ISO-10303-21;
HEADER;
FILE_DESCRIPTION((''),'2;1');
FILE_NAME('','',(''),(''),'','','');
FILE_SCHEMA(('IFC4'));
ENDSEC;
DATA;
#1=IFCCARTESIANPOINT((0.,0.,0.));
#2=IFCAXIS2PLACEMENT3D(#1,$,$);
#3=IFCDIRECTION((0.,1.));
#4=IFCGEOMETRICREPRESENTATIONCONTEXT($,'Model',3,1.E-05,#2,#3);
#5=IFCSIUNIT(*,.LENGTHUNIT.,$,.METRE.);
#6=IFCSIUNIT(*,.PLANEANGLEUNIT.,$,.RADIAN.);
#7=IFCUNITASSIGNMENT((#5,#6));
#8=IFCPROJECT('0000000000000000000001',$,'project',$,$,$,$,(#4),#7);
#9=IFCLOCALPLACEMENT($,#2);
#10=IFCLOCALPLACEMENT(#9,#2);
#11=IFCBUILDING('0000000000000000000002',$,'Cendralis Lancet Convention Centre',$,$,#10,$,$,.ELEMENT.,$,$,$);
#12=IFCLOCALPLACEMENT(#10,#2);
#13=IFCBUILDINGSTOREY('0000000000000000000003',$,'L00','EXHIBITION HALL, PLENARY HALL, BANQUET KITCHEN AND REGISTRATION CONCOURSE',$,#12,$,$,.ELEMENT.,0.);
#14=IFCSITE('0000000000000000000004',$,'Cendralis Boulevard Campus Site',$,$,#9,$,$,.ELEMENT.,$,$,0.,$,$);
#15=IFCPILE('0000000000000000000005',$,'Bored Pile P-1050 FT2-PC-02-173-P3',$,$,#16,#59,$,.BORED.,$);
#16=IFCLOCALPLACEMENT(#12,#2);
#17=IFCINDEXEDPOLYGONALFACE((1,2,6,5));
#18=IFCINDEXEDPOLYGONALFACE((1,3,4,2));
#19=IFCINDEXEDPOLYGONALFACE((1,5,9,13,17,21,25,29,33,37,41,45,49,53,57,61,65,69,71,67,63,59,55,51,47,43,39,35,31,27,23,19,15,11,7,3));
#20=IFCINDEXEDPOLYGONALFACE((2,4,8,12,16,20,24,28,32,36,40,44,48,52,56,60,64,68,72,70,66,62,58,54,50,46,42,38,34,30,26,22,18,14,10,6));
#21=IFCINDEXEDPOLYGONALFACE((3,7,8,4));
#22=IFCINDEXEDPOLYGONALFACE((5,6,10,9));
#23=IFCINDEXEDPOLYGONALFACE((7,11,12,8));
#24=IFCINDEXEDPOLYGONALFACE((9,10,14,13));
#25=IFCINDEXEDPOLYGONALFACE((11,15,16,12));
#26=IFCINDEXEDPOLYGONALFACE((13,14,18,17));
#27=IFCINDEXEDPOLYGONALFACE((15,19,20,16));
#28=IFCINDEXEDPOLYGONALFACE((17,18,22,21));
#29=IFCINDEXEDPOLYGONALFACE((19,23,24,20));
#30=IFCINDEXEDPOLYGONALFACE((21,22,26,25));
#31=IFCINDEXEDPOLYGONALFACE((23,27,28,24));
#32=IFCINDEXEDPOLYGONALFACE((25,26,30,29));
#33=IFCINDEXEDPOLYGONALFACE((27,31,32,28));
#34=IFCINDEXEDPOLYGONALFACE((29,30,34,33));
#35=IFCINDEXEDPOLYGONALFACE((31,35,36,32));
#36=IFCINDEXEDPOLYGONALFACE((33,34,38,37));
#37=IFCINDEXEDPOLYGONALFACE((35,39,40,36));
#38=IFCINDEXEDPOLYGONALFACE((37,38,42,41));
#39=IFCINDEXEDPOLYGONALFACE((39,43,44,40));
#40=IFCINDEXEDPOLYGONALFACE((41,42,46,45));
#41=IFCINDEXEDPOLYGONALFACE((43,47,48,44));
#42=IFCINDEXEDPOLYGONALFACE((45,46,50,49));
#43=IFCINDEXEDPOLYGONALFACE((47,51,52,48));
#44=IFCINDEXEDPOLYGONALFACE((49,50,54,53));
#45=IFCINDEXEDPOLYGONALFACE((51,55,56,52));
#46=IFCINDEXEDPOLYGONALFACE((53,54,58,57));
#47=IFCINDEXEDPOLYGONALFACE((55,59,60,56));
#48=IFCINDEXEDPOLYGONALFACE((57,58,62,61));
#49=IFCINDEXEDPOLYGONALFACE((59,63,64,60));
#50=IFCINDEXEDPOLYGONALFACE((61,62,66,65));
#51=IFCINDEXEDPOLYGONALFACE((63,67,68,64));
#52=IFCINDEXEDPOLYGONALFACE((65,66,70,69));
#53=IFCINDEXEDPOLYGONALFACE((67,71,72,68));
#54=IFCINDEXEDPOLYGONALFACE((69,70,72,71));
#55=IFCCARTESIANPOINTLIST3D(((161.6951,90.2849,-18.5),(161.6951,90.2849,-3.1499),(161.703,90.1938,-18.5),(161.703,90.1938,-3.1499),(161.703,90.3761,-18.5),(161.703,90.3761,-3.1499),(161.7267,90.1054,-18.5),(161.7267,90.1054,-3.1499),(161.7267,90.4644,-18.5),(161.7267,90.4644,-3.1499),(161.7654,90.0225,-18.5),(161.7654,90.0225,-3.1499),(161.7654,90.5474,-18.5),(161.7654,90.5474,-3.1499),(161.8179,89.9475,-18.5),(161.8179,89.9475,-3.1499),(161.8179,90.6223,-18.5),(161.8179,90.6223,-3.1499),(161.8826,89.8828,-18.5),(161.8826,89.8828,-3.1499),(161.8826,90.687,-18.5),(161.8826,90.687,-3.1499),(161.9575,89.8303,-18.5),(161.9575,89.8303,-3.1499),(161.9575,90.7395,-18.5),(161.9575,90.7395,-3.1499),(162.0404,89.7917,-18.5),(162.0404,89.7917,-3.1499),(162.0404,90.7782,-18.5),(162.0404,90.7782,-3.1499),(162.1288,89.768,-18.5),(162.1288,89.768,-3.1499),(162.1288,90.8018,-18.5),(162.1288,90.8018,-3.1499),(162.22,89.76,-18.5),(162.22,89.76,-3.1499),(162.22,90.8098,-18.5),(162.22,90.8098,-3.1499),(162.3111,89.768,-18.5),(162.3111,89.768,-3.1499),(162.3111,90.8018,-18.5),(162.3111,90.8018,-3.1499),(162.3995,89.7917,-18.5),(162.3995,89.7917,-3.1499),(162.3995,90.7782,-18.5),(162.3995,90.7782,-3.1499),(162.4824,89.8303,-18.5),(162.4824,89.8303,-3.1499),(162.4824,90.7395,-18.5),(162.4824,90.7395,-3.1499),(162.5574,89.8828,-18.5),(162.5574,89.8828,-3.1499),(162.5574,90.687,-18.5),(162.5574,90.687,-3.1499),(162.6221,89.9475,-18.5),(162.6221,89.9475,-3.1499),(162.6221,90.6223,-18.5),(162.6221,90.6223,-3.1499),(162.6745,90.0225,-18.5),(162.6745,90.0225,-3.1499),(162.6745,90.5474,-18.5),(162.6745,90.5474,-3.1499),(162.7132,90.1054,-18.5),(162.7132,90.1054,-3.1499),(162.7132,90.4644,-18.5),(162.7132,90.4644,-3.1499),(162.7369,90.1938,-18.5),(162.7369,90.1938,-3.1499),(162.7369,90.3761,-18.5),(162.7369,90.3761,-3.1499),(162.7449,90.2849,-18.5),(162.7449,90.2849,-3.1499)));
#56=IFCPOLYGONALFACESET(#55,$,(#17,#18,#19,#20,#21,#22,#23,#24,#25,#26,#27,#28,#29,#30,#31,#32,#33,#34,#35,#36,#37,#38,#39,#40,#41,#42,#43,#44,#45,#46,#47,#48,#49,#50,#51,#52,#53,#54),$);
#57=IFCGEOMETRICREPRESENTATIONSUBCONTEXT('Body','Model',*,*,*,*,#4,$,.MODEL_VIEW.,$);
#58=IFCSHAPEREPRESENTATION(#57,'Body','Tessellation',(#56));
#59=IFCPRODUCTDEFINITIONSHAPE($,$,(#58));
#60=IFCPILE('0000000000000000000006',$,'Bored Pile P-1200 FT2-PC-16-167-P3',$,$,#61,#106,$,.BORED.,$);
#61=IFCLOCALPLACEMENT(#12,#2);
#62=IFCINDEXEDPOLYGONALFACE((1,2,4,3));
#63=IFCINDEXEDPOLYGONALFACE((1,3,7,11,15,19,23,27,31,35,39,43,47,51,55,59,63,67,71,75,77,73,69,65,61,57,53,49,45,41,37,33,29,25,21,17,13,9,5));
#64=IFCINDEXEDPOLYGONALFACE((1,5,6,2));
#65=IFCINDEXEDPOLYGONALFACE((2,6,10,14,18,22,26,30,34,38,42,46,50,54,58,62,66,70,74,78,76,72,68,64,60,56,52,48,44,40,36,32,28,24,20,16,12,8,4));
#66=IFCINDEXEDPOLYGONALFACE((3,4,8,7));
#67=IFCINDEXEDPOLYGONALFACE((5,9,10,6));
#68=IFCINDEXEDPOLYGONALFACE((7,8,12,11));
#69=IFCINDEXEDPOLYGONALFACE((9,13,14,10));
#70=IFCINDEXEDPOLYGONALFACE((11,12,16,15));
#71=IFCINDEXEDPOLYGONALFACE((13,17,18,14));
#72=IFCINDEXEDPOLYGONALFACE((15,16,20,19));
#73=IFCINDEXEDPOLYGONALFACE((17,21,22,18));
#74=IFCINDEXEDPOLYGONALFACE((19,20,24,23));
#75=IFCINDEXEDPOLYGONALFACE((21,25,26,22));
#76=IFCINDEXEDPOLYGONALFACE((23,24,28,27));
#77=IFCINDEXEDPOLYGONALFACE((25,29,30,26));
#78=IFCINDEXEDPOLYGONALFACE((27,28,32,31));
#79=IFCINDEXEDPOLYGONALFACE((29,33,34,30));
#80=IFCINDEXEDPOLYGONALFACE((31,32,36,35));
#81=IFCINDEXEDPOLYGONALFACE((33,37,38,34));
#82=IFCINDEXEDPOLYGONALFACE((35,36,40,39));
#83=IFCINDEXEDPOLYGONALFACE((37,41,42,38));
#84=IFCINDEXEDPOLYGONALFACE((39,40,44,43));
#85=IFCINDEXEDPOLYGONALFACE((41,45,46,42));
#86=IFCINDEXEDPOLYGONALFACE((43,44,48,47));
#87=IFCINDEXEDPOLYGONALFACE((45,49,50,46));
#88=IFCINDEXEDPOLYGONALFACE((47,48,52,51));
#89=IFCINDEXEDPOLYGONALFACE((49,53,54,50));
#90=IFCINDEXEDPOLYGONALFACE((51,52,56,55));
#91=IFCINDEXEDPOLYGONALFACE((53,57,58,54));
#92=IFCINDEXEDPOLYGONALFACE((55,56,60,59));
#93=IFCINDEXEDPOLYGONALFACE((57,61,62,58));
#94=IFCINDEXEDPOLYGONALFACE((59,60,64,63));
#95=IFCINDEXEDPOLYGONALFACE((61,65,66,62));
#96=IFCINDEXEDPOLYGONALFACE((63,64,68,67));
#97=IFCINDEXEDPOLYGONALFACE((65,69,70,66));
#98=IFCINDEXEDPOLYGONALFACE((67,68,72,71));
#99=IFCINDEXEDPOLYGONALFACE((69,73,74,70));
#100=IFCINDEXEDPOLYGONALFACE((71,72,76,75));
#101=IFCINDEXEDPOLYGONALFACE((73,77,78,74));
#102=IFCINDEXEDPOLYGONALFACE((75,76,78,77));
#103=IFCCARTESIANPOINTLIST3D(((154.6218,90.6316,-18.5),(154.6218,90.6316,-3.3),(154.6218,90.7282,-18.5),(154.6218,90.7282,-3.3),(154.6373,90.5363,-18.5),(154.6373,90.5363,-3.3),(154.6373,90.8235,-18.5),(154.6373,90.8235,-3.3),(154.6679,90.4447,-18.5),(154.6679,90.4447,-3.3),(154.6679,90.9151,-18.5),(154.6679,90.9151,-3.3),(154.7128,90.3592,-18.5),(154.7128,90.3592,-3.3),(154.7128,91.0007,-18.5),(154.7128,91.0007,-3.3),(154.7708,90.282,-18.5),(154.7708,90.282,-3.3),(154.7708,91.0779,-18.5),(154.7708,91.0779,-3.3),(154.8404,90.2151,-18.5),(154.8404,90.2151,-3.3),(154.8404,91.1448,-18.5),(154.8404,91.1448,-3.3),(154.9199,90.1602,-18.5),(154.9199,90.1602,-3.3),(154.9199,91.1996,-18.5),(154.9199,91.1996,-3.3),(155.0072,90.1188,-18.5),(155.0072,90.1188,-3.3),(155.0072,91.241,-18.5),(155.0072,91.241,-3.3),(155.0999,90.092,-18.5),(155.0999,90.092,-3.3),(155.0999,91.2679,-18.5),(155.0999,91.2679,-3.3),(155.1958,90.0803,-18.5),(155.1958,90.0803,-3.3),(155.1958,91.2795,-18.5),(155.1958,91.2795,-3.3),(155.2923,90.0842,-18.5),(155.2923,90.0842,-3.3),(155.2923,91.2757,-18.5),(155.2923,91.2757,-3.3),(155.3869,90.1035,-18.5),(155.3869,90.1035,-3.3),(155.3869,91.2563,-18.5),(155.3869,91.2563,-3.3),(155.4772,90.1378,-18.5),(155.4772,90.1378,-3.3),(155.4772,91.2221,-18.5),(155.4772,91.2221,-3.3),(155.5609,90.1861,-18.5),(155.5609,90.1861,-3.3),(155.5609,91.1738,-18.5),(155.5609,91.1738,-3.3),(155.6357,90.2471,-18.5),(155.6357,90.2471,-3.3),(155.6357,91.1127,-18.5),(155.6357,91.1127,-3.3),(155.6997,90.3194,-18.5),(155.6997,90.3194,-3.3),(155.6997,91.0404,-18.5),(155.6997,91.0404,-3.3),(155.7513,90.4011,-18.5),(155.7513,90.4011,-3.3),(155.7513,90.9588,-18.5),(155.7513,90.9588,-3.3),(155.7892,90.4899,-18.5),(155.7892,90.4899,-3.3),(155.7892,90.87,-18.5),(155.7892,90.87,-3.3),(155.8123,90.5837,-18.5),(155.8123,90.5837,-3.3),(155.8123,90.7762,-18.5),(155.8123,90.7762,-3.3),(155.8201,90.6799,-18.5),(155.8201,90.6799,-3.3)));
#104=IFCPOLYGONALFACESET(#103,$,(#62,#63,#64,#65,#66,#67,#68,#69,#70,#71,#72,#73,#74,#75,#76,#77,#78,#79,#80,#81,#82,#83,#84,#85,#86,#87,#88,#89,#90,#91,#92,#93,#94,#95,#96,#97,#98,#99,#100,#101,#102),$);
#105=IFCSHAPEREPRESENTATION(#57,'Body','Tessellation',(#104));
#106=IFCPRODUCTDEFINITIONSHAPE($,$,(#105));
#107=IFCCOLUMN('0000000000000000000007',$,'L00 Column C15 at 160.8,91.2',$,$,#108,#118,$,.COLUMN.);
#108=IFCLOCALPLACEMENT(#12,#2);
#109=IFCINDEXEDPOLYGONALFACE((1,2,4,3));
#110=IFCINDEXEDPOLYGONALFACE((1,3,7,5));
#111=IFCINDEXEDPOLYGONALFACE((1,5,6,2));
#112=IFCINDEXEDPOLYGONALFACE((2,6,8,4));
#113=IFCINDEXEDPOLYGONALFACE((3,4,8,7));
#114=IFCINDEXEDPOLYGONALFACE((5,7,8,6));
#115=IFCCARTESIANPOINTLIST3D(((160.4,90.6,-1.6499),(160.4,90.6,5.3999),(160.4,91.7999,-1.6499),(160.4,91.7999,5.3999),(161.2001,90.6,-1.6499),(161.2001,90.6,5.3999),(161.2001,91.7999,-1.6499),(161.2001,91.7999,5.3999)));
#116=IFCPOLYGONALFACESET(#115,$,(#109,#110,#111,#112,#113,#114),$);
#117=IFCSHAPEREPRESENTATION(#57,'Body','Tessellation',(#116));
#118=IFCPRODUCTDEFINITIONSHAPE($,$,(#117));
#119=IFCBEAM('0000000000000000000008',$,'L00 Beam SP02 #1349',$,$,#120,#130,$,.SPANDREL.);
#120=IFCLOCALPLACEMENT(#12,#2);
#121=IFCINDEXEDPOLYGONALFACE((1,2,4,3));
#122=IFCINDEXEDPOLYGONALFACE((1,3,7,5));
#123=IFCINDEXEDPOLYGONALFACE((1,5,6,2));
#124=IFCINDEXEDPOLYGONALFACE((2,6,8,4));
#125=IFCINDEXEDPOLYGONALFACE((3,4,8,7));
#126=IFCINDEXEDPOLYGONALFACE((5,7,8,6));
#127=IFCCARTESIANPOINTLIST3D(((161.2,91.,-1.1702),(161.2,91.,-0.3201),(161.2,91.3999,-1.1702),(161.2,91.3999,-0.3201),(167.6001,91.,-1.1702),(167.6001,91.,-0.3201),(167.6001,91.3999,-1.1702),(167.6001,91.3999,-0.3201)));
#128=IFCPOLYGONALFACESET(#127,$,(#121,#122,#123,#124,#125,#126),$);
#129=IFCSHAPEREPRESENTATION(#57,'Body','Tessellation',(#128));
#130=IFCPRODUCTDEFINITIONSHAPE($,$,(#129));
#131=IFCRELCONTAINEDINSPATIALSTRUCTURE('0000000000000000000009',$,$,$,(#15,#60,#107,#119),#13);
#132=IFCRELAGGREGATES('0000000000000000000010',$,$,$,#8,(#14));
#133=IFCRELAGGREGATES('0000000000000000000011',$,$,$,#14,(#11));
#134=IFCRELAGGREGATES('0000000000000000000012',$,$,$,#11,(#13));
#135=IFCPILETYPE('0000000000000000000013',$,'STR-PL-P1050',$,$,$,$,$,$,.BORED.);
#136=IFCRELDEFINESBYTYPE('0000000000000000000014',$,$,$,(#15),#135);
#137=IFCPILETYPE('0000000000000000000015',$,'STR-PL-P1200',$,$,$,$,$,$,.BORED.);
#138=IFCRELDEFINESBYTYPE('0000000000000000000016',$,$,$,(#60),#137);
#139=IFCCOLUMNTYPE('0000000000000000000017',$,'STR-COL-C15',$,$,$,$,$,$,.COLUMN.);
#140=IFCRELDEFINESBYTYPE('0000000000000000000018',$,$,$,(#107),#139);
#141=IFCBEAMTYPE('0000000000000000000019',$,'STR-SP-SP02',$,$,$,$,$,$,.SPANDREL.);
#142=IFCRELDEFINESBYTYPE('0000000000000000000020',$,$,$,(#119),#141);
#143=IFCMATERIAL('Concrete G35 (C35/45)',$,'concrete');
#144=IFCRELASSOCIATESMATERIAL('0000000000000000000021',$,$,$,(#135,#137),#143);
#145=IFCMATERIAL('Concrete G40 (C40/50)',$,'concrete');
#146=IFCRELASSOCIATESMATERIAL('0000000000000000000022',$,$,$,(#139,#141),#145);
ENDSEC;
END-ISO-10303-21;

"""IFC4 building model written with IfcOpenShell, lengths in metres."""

from ifc_helpers import new_model, si_unit, direction, frame, origin, origin_2d, place, context, subcontext, project, spatial, rectangle, circle, extrude, material, material_profile, profile_set, type_object, element, save


model = new_model("IFC4")

# Units and contexts
model_context = context("Model", 3, precision=1e-05, world=origin(), true_north=direction((0.0, 1.0)))
body_context = subcontext(model_context, "Body", "Model", "MODEL_VIEW")
ifc_project = project(units=[si_unit("LENGTHUNIT", "METRE"), si_unit("PLANEANGLEUNIT", "RADIAN")], contexts=[model_context])

# Site, building, storey
site_placement = place(None, origin())
site = spatial("IfcSite", under=ifc_project, at=site_placement, Name="Cendralis Boulevard Campus Site", CompositionType="ELEMENT", RefElevation=0.0)
building_placement = place(site_placement, origin())
building = spatial("IfcBuilding", under=site, at=building_placement, Name="Cendralis Lancet Convention Centre", CompositionType="ELEMENT")
storey_placement = place(building_placement, origin())
storey = spatial("IfcBuildingStorey", under=building, at=storey_placement, Name="L00", Description="EXHIBITION HALL, PLENARY HALL, BANQUET KITCHEN AND REGISTRATION CONCOURSE", CompositionType="ELEMENT", Elevation=0.0)

# Shared definitions
ifc_material_1 = material(Name="Concrete G35 (C35/45)", Category="concrete")

# Piles
ifc_material_profile_1 = material_profile(ifc_material_1, circle(Radius=0.5249, at=origin_2d()), Name="BORED PILE D1050")
ifc_profile_set_1 = profile_set([ifc_material_profile_1], Name="Concrete G35 (C35/45)")
pile_type_1 = type_object("IfcPileType", Name="STR-PL-P1050", PredefinedType="BORED", material=ifc_profile_set_1)
for number, where, z_axis, x_axis, name in (
    (1, (162.22, 90.2849, -3.1499), (0.0, 0.0, -1.0), (1.0, 0.0, 0.0), "Bored Pile P-1050 FT2-PC-02-173-P3"),
):
    element("IfcPile", number, at=place(storey_placement, frame(where, z_axis=z_axis, x_axis=x_axis)), inside=storey, type_object=pile_type_1, Name=name, PredefinedType="BORED", context=body_context, shape_type="SweptSolid", body=[
        extrude(circle(Radius=0.5249, at=origin_2d()), origin(), (0.0, 0.0, 1.0), 15.3501),
    ])
ifc_material_profile_2 = material_profile(ifc_material_1, circle(Radius=0.6001, at=origin_2d()), Name="BORED PILE D1200")
ifc_profile_set_2 = profile_set([ifc_material_profile_2], Name="Concrete G35 (C35/45)")
pile_type_2 = type_object("IfcPileType", Name="STR-PL-P1200", PredefinedType="BORED", material=ifc_profile_set_2)
pile_placement = place(storey_placement, frame((155.22, 90.6799, -3.3), z_axis=(0.0, 0.0, -1.0), x_axis=(1.0, 0.0, 0.0)))
element("IfcPile", 2, at=pile_placement, inside=storey, type_object=pile_type_2, Name="Bored Pile P-1200 FT2-PC-16-167-P3", PredefinedType="BORED", context=body_context, shape_type="SweptSolid", body=[
    extrude(circle(Radius=0.6001, at=origin_2d()), origin(), (0.0, 0.0, 1.0), 15.2),
])

# Column
ifc_material_2 = material(Name="Concrete G40 (C40/50)", Category="concrete")
ifc_material_profile_3 = material_profile(ifc_material_2, rectangle(XDim=0.8, YDim=1.2, at=origin_2d()), Name="RC 800x1200")
ifc_profile_set_3 = profile_set([ifc_material_profile_3], Name="Concrete G40 (C40/50)")
column_type = type_object("IfcColumnType", Name="STR-COL-C15", PredefinedType="COLUMN", material=ifc_profile_set_3)
column_placement = place(storey_placement, frame((160.8, 91.2, -1.6499), z_axis=(0.0, 0.0, 1.0), x_axis=(1.0, 0.0, 0.0)))
element("IfcColumn", 3, at=column_placement, inside=storey, type_object=column_type, Name="L00 Column C15 at 160.8,91.2", PredefinedType="COLUMN", context=body_context, shape_type="SweptSolid", body=[
    extrude(rectangle(XDim=0.8, YDim=1.2, at=origin_2d()), origin(), (0.0, 0.0, 1.0), 7.0498),
])

# Beam
ifc_material_profile_4 = material_profile(ifc_material_2, rectangle(XDim=0.3999, YDim=0.8501, at=origin_2d()), Name="RCB 400x850")
ifc_profile_set_4 = profile_set([ifc_material_profile_4], Name="Concrete G40 (C40/50)")
beam_type = type_object("IfcBeamType", Name="STR-SP-SP02", PredefinedType="SPANDREL", material=ifc_profile_set_4)
beam_placement = place(storey_placement, frame((161.2, 91.2, -0.7451), z_axis=(1.0, 0.0, 0.0), x_axis=(0.0, 1.0, 0.0)))
element("IfcBeam", 4, at=beam_placement, inside=storey, type_object=beam_type, Name="L00 Beam SP02 #1349", PredefinedType="SPANDREL", context=body_context, shape_type="SweptSolid", body=[
    extrude(rectangle(XDim=0.3999, YDim=0.8501, at=origin_2d()), origin(), (0.0, 0.0, 1.0), 6.4001),
])

save(model, "model.ifc")
